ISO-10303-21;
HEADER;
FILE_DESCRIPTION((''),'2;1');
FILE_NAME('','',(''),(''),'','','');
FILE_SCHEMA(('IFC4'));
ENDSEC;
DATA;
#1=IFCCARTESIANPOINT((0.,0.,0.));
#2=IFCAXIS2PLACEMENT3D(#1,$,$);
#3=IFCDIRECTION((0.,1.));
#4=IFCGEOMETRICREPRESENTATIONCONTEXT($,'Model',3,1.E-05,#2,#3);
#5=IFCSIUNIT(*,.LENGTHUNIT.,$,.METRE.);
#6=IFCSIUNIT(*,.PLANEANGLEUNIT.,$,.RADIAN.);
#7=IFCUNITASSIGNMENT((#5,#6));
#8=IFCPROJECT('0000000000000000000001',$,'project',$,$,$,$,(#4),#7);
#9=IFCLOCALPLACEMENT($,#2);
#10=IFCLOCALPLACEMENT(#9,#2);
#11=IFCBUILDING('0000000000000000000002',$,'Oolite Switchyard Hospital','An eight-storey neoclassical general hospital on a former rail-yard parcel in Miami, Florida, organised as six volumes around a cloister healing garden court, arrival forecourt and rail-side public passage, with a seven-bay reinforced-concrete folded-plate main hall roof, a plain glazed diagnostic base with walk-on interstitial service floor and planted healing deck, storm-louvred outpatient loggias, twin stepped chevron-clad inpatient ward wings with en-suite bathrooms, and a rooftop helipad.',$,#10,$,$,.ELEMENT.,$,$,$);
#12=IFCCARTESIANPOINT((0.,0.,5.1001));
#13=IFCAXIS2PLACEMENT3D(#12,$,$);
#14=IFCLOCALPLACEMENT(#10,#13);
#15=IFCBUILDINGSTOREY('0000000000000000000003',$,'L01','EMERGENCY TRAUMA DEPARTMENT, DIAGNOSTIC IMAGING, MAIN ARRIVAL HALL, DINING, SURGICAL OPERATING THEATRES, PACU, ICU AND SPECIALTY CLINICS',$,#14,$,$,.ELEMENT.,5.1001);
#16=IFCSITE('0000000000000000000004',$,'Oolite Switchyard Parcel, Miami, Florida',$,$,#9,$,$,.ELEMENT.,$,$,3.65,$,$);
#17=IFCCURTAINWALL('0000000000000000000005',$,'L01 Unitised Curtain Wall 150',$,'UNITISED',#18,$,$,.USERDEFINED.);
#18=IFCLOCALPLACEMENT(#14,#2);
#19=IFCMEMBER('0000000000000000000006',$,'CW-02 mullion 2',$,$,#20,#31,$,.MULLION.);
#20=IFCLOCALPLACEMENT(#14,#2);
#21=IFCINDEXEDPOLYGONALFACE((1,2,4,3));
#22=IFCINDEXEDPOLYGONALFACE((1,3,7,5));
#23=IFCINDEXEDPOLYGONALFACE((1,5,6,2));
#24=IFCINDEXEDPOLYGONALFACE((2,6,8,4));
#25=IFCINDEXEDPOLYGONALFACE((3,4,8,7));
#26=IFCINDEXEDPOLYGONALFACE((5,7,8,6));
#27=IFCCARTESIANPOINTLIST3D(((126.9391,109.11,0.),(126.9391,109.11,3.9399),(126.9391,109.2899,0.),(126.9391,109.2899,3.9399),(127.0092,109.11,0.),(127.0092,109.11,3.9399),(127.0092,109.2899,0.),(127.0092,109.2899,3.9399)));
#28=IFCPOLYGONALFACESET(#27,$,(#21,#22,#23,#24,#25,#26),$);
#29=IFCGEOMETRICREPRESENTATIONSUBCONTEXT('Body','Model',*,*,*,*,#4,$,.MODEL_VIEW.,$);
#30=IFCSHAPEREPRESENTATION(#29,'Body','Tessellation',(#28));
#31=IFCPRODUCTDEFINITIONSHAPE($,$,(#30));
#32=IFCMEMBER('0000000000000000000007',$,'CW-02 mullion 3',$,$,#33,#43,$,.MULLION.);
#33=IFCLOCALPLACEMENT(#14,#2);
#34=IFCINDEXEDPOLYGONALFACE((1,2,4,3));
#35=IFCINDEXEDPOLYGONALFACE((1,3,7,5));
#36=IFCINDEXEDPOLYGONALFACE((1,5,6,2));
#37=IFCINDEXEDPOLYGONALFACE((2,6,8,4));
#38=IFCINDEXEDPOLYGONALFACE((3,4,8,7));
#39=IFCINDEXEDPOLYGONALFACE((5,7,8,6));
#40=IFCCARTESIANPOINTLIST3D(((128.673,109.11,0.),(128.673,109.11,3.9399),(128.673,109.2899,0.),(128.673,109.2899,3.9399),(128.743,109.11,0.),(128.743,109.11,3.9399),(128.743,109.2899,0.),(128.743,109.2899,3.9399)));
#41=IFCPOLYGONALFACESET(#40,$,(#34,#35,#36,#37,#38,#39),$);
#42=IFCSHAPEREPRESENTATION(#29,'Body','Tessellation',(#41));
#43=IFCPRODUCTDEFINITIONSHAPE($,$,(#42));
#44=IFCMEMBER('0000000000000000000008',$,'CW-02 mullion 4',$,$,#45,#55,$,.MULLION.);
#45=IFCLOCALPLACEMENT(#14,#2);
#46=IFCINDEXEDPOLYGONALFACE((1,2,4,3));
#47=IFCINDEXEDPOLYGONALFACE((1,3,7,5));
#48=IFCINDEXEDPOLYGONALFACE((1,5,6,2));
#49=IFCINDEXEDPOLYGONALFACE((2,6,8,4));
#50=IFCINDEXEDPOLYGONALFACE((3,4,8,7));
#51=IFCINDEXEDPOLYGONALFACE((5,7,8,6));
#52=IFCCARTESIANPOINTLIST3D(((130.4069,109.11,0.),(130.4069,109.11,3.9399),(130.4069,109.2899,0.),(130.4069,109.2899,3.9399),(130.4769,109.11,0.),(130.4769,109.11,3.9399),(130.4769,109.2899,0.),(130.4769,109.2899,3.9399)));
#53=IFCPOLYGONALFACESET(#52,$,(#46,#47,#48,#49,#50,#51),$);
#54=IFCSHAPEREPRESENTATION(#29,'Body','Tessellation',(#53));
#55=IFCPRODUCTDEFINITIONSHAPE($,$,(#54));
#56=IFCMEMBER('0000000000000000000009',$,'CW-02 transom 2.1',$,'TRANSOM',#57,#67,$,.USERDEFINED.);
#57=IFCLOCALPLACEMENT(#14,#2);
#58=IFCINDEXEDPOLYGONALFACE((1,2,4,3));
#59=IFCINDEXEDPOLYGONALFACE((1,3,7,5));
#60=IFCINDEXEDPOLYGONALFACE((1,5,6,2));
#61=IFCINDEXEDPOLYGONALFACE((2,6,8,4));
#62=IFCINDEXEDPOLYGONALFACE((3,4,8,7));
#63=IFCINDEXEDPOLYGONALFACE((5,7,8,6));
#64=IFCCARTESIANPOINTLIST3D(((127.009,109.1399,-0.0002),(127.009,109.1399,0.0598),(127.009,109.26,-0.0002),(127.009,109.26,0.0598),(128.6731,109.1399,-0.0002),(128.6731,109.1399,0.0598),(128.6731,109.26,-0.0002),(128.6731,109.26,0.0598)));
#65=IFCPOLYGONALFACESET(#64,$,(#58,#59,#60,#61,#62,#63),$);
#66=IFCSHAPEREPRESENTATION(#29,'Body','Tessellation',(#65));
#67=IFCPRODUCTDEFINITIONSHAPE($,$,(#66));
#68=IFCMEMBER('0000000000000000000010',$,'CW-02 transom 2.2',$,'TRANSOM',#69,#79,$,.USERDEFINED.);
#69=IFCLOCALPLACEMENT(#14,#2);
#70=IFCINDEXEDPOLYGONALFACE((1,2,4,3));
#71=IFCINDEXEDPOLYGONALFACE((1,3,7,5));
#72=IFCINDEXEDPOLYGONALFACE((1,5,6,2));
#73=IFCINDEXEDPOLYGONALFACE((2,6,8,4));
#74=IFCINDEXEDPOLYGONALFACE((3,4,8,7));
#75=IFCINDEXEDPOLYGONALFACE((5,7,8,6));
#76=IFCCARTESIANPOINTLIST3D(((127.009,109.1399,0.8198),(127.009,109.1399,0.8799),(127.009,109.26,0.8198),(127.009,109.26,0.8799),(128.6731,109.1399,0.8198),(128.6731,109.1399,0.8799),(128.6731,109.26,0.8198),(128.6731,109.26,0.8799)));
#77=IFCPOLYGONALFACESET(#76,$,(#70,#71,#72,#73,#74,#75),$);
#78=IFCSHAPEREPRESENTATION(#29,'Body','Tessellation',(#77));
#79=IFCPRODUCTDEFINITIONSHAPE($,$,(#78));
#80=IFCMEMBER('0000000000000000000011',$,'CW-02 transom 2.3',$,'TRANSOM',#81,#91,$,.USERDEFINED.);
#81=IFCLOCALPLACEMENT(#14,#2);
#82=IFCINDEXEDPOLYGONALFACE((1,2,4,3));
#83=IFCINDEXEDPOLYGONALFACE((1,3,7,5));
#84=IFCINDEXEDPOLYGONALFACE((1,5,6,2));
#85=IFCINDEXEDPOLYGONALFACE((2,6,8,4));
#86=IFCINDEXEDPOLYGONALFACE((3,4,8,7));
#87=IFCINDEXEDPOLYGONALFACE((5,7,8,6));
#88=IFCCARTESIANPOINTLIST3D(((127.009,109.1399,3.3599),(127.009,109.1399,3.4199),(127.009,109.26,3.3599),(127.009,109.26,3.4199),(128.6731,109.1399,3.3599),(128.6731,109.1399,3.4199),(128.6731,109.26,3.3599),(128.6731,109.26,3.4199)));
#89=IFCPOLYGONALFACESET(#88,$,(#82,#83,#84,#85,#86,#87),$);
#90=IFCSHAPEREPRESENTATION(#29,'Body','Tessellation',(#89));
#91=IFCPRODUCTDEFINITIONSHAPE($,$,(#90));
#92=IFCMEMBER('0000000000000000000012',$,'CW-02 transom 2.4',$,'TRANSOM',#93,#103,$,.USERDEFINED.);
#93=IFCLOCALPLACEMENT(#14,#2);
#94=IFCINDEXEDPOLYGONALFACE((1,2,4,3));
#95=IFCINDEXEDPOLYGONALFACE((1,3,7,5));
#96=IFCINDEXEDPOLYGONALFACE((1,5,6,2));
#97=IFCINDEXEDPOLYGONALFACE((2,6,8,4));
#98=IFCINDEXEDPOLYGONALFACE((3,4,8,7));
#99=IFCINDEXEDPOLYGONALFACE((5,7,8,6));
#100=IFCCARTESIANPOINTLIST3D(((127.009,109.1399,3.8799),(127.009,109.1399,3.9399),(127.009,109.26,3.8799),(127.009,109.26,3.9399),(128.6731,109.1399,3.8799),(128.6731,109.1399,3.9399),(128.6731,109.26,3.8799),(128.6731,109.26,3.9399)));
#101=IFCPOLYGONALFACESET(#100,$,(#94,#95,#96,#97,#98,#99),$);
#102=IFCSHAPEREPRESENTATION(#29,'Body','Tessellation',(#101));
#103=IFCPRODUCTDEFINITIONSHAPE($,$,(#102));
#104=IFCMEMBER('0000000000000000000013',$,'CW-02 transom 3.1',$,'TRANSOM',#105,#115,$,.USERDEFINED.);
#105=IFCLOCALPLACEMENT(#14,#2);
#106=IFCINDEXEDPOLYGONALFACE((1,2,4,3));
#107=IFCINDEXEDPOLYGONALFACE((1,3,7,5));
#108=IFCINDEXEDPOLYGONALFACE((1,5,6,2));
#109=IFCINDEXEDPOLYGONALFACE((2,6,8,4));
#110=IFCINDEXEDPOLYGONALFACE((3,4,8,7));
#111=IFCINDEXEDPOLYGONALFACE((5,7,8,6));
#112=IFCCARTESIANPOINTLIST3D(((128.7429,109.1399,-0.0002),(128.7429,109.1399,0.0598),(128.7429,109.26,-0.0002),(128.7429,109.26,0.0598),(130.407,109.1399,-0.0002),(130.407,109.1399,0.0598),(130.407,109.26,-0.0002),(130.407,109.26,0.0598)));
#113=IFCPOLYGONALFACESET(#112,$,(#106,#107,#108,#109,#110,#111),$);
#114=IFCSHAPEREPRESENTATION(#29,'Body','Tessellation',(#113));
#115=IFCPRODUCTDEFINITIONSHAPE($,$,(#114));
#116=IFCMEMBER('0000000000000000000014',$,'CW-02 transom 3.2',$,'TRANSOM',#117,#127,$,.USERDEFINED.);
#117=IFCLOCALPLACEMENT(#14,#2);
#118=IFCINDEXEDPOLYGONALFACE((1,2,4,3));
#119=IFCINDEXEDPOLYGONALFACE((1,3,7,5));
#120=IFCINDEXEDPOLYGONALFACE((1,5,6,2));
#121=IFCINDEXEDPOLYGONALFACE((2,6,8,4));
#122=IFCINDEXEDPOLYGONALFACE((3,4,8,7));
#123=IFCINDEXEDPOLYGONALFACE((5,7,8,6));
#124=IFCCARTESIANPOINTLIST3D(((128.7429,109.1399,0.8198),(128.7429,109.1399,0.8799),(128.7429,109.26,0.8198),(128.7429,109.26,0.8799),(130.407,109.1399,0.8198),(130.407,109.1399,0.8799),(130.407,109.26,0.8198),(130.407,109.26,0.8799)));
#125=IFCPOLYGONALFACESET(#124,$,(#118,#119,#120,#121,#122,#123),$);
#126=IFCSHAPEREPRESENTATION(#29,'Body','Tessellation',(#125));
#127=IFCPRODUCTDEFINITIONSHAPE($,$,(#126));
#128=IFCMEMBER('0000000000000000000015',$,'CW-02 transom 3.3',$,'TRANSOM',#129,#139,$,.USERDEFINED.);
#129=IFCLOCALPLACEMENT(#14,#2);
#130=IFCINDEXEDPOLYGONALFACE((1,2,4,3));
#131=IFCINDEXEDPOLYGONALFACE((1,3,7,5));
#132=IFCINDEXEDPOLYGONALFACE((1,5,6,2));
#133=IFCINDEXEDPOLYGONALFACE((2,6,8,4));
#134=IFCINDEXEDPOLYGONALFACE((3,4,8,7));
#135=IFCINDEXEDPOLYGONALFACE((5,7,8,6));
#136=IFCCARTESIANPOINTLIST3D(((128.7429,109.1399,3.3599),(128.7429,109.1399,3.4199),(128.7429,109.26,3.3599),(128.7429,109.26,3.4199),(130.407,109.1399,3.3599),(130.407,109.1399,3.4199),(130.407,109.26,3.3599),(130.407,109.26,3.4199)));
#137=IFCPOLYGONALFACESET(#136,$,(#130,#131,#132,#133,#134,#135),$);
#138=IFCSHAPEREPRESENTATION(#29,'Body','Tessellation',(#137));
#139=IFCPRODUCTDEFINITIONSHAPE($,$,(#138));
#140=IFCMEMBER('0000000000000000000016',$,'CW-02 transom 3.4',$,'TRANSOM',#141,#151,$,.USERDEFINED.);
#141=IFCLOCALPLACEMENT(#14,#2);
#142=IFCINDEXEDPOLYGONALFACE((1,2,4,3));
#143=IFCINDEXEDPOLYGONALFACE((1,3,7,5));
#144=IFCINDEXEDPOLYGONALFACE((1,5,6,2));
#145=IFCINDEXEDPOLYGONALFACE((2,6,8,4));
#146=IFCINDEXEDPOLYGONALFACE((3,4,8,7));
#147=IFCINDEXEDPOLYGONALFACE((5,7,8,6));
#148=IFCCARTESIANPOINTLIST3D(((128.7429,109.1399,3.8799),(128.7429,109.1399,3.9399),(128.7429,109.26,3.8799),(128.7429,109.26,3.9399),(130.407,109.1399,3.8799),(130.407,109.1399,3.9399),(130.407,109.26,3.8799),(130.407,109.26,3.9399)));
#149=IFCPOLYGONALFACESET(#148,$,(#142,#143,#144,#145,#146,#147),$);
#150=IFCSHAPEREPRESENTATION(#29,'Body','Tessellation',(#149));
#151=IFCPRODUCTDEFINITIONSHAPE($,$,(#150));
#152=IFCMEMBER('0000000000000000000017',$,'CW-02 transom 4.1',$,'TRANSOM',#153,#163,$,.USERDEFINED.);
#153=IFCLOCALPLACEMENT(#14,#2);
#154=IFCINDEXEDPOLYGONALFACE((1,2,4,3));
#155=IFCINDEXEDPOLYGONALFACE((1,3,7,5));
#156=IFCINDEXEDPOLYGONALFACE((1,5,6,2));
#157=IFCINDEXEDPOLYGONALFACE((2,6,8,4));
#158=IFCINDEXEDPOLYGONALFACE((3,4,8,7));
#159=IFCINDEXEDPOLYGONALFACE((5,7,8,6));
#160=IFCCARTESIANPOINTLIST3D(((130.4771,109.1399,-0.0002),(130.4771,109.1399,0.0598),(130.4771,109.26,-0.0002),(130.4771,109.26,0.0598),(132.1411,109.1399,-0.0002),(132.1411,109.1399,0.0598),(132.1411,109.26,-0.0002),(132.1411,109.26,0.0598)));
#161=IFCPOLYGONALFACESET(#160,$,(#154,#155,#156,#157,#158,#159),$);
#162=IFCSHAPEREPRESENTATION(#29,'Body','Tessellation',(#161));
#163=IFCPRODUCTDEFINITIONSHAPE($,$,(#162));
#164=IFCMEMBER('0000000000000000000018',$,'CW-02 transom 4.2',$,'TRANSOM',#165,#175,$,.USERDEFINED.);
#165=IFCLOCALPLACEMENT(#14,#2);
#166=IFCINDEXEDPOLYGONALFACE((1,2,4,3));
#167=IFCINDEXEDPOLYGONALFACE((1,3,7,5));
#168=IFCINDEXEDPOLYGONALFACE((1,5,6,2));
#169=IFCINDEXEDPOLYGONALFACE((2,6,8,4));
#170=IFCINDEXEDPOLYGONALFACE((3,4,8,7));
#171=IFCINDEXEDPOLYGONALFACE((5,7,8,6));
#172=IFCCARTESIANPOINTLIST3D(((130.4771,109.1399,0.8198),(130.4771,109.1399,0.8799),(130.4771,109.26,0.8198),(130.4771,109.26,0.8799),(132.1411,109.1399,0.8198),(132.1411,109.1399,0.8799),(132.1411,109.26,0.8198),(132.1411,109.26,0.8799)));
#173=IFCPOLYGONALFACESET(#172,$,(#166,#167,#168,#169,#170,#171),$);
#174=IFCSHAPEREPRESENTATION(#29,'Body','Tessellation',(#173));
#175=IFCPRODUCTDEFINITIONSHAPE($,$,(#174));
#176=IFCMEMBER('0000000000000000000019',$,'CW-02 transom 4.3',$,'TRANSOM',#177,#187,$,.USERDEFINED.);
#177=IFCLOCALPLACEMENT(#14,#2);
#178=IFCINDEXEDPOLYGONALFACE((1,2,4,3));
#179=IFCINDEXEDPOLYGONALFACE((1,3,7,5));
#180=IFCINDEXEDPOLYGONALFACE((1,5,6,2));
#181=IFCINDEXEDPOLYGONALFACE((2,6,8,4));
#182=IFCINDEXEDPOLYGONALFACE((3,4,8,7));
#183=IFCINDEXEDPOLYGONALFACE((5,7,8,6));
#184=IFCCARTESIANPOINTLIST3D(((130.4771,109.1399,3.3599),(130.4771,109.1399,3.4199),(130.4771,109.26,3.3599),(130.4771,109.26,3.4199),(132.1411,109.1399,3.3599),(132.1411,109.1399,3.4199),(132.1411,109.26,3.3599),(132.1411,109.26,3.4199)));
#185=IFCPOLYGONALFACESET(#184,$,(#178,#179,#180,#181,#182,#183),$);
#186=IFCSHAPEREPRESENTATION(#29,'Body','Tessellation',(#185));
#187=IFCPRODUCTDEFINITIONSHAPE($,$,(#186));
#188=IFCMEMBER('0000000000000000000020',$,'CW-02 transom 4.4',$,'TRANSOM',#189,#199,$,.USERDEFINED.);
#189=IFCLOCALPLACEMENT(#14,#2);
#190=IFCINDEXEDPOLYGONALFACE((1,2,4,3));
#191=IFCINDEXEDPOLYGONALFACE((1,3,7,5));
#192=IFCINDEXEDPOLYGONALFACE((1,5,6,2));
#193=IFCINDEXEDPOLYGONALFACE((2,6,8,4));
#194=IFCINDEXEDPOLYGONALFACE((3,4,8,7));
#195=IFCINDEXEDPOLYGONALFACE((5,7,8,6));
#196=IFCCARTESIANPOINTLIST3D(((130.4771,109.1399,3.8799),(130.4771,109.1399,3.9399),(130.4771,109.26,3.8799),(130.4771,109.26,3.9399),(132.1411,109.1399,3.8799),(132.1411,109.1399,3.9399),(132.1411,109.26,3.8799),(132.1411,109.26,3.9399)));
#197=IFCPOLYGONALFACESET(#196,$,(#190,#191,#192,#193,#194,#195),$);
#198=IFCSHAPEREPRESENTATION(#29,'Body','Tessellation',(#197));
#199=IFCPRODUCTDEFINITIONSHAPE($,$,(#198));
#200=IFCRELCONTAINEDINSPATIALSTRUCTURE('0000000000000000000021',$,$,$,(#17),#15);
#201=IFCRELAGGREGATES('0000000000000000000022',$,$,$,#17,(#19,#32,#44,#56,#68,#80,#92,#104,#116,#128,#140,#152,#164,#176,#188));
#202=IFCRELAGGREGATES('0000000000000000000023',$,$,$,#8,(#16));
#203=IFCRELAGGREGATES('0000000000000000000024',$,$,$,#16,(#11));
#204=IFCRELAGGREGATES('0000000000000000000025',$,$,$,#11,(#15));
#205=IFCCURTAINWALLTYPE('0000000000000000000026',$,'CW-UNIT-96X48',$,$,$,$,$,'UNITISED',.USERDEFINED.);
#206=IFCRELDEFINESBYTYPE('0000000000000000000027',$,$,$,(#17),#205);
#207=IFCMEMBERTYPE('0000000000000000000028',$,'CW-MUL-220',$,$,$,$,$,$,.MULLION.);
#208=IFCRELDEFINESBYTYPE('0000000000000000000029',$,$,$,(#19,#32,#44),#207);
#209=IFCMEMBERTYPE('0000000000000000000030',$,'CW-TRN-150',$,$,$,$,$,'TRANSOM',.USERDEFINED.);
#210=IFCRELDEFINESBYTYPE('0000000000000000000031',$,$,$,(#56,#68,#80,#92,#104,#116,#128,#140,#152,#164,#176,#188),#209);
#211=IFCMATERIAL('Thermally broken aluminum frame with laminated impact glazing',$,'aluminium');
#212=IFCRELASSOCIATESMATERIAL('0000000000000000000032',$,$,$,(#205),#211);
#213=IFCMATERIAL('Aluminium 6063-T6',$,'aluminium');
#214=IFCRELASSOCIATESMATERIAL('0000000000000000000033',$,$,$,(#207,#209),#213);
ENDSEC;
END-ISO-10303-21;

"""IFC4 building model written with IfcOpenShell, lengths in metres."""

from ifc_helpers import new_model, si_unit, direction, frame, origin, origin_2d, place, context, subcontext, project, spatial, rectangle, extrude, material, material_profile, profile_set, type_object, element, aggregate, save


model = new_model("IFC4")

# Units and contexts
model_context = context("Model", 3, precision=1e-05, world=origin(), true_north=direction((0.0, 1.0)))
body_context = subcontext(model_context, "Body", "Model", "MODEL_VIEW")
ifc_project = project(units=[si_unit("LENGTHUNIT", "METRE"), si_unit("PLANEANGLEUNIT", "RADIAN")], contexts=[model_context])

# Site, building, storey
site_placement = place(None, origin())
site = spatial("IfcSite", under=ifc_project, at=site_placement, Name="Oolite Switchyard Parcel, Miami, Florida", CompositionType="ELEMENT", RefElevation=3.65)
building_placement = place(site_placement, origin())
building = spatial("IfcBuilding", under=site, at=building_placement, Name="Oolite Switchyard Hospital", Description="An eight-storey neoclassical general hospital on a former rail-yard parcel in Miami, Florida, organised as six volumes around a cloister healing garden court, arrival forecourt and rail-side public passage, with a seven-bay reinforced-concrete folded-plate main hall roof, a plain glazed diagnostic base with walk-on interstitial service floor and planted healing deck, storm-louvred outpatient loggias, twin stepped chevron-clad inpatient ward wings with en-suite bathrooms, and a rooftop helipad.", CompositionType="ELEMENT")
storey_placement = place(building_placement, frame((0.0, 0.0, 5.1001)))
storey = spatial("IfcBuildingStorey", under=building, at=storey_placement, Name="L01", Description="EMERGENCY TRAUMA DEPARTMENT, DIAGNOSTIC IMAGING, MAIN ARRIVAL HALL, DINING, SURGICAL OPERATING THEATRES, PACU, ICU AND SPECIALTY CLINICS", CompositionType="ELEMENT", Elevation=5.1001)

# Curtain wall, members
ifc_material_1 = material(Name="Thermally broken aluminum frame with laminated impact glazing", Category="aluminium")
curtain_wall_type = type_object("IfcCurtainWallType", Name="CW-UNIT-96X48", ElementType="UNITISED", PredefinedType="USERDEFINED", material=ifc_material_1)
curtain_wall_placement = place(storey_placement, origin())
curtain_wall = element("IfcCurtainWall", 1, at=curtain_wall_placement, inside=storey, type_object=curtain_wall_type, Name="L01 Unitised Curtain Wall 150", ObjectType="UNITISED", PredefinedType="USERDEFINED")
ifc_material_2 = material(Name="Aluminium 6063-T6", Category="aluminium")
ifc_material_profile_1 = material_profile(ifc_material_2, rectangle(XDim=0.1799, YDim=0.0701, at=origin_2d()), Name="CWM70X180")
ifc_profile_set_1 = profile_set([ifc_material_profile_1], Name="Aluminium 6063-T6")
member_type_1 = type_object("IfcMemberType", Name="CW-MUL-220", PredefinedType="MULLION", material=ifc_profile_set_1)
member_1_placement = place(storey_placement, frame((126.9741, 109.2, 0.0), z_axis=(0.0, 0.0, 1.0), x_axis=(0.0, 1.0, 0.0)))
member_1 = element("IfcMember", 2, at=member_1_placement, type_object=member_type_1, Name="CW-02 mullion 2", PredefinedType="MULLION", context=body_context, shape_type="SweptSolid", body=[
    extrude(rectangle(XDim=0.1799, YDim=0.0701, at=origin_2d()), origin(), (0.0, 0.0, 1.0), 3.9399),
])
member_2_placement = place(storey_placement, frame((128.708, 109.2, 0.0), z_axis=(0.0, 0.0, 1.0), x_axis=(0.0, 1.0, 0.0)))
member_2 = element("IfcMember", 3, at=member_2_placement, type_object=member_type_1, Name="CW-02 mullion 3", PredefinedType="MULLION", context=body_context, shape_type="SweptSolid", body=[
    extrude(rectangle(XDim=0.1799, YDim=0.0701, at=origin_2d()), origin(), (0.0, 0.0, 1.0), 3.9399),
])
member_3_placement = place(storey_placement, frame((130.4419, 109.2, 0.0), z_axis=(0.0, 0.0, 1.0), x_axis=(0.0, 1.0, 0.0)))
member_3 = element("IfcMember", 4, at=member_3_placement, type_object=member_type_1, Name="CW-02 mullion 4", PredefinedType="MULLION", context=body_context, shape_type="SweptSolid", body=[
    extrude(rectangle(XDim=0.1799, YDim=0.0701, at=origin_2d()), origin(), (0.0, 0.0, 1.0), 3.9399),
])
ifc_material_profile_2 = material_profile(ifc_material_2, rectangle(XDim=0.1201, YDim=0.0601, at=origin_2d()), Name="CWT60X120")
ifc_profile_set_2 = profile_set([ifc_material_profile_2], Name="Aluminium 6063-T6")
member_type_2 = type_object("IfcMemberType", Name="CW-TRN-150", ElementType="TRANSOM", PredefinedType="USERDEFINED", material=ifc_profile_set_2)
member_4_placement = place(storey_placement, frame((127.009, 109.2, 0.0298), z_axis=(1.0, 0.0, 0.0), x_axis=(0.0, 1.0, 0.0)))
member_4 = element("IfcMember", 5, at=member_4_placement, type_object=member_type_2, Name="CW-02 transom 2.1", ObjectType="TRANSOM", PredefinedType="USERDEFINED", context=body_context, shape_type="SweptSolid", body=[
    extrude(rectangle(XDim=0.1201, YDim=0.0601, at=origin_2d()), origin(), (0.0, 0.0, 1.0), 1.6641),
])
member_5_placement = place(storey_placement, frame((127.009, 109.2, 0.8499), z_axis=(1.0, 0.0, 0.0), x_axis=(0.0, 1.0, 0.0)))
member_5 = element("IfcMember", 6, at=member_5_placement, type_object=member_type_2, Name="CW-02 transom 2.2", ObjectType="TRANSOM", PredefinedType="USERDEFINED", context=body_context, shape_type="SweptSolid", body=[
    extrude(rectangle(XDim=0.1201, YDim=0.0601, at=origin_2d()), origin(), (0.0, 0.0, 1.0), 1.6641),
])
member_6_placement = place(storey_placement, frame((127.009, 109.2, 3.3899), z_axis=(1.0, 0.0, 0.0), x_axis=(0.0, 1.0, 0.0)))
member_6 = element("IfcMember", 7, at=member_6_placement, type_object=member_type_2, Name="CW-02 transom 2.3", ObjectType="TRANSOM", PredefinedType="USERDEFINED", context=body_context, shape_type="SweptSolid", body=[
    extrude(rectangle(XDim=0.1201, YDim=0.0601, at=origin_2d()), origin(), (0.0, 0.0, 1.0), 1.6641),
])
member_7_placement = place(storey_placement, frame((127.009, 109.2, 3.9099), z_axis=(1.0, 0.0, 0.0), x_axis=(0.0, 1.0, 0.0)))
member_7 = element("IfcMember", 8, at=member_7_placement, type_object=member_type_2, Name="CW-02 transom 2.4", ObjectType="TRANSOM", PredefinedType="USERDEFINED", context=body_context, shape_type="SweptSolid", body=[
    extrude(rectangle(XDim=0.1201, YDim=0.0601, at=origin_2d()), origin(), (0.0, 0.0, 1.0), 1.6641),
])
member_8_placement = place(storey_placement, frame((128.7429, 109.2, 0.0298), z_axis=(1.0, 0.0, 0.0), x_axis=(0.0, 1.0, 0.0)))
member_8 = element("IfcMember", 9, at=member_8_placement, type_object=member_type_2, Name="CW-02 transom 3.1", ObjectType="TRANSOM", PredefinedType="USERDEFINED", context=body_context, shape_type="SweptSolid", body=[
    extrude(rectangle(XDim=0.1201, YDim=0.0601, at=origin_2d()), origin(), (0.0, 0.0, 1.0), 1.6641),
])
member_9_placement = place(storey_placement, frame((128.7429, 109.2, 0.8499), z_axis=(1.0, 0.0, 0.0), x_axis=(0.0, 1.0, 0.0)))
member_9 = element("IfcMember", 10, at=member_9_placement, type_object=member_type_2, Name="CW-02 transom 3.2", ObjectType="TRANSOM", PredefinedType="USERDEFINED", context=body_context, shape_type="SweptSolid", body=[
    extrude(rectangle(XDim=0.1201, YDim=0.0601, at=origin_2d()), origin(), (0.0, 0.0, 1.0), 1.6641),
])
member_10_placement = place(storey_placement, frame((128.7429, 109.2, 3.3899), z_axis=(1.0, 0.0, 0.0), x_axis=(0.0, 1.0, 0.0)))
member_10 = element("IfcMember", 11, at=member_10_placement, type_object=member_type_2, Name="CW-02 transom 3.3", ObjectType="TRANSOM", PredefinedType="USERDEFINED", context=body_context, shape_type="SweptSolid", body=[
    extrude(rectangle(XDim=0.1201, YDim=0.0601, at=origin_2d()), origin(), (0.0, 0.0, 1.0), 1.6641),
])
member_11_placement = place(storey_placement, frame((128.7429, 109.2, 3.9099), z_axis=(1.0, 0.0, 0.0), x_axis=(0.0, 1.0, 0.0)))
member_11 = element("IfcMember", 12, at=member_11_placement, type_object=member_type_2, Name="CW-02 transom 3.4", ObjectType="TRANSOM", PredefinedType="USERDEFINED", context=body_context, shape_type="SweptSolid", body=[
    extrude(rectangle(XDim=0.1201, YDim=0.0601, at=origin_2d()), origin(), (0.0, 0.0, 1.0), 1.6641),
])
member_12_placement = place(storey_placement, frame((130.4771, 109.2, 0.0298), z_axis=(1.0, 0.0, 0.0), x_axis=(0.0, 1.0, 0.0)))
member_12 = element("IfcMember", 13, at=member_12_placement, type_object=member_type_2, Name="CW-02 transom 4.1", ObjectType="TRANSOM", PredefinedType="USERDEFINED", context=body_context, shape_type="SweptSolid", body=[
    extrude(rectangle(XDim=0.1201, YDim=0.0601, at=origin_2d()), origin(), (0.0, 0.0, 1.0), 1.6641),
])
member_13_placement = place(storey_placement, frame((130.4771, 109.2, 0.8499), z_axis=(1.0, 0.0, 0.0), x_axis=(0.0, 1.0, 0.0)))
member_13 = element("IfcMember", 14, at=member_13_placement, type_object=member_type_2, Name="CW-02 transom 4.2", ObjectType="TRANSOM", PredefinedType="USERDEFINED", context=body_context, shape_type="SweptSolid", body=[
    extrude(rectangle(XDim=0.1201, YDim=0.0601, at=origin_2d()), origin(), (0.0, 0.0, 1.0), 1.6641),
])
member_14_placement = place(storey_placement, frame((130.4771, 109.2, 3.3899), z_axis=(1.0, 0.0, 0.0), x_axis=(0.0, 1.0, 0.0)))
member_14 = element("IfcMember", 15, at=member_14_placement, type_object=member_type_2, Name="CW-02 transom 4.3", ObjectType="TRANSOM", PredefinedType="USERDEFINED", context=body_context, shape_type="SweptSolid", body=[
    extrude(rectangle(XDim=0.1201, YDim=0.0601, at=origin_2d()), origin(), (0.0, 0.0, 1.0), 1.6641),
])
member_15_placement = place(storey_placement, frame((130.4771, 109.2, 3.9099), z_axis=(1.0, 0.0, 0.0), x_axis=(0.0, 1.0, 0.0)))
member_15 = element("IfcMember", 16, at=member_15_placement, type_object=member_type_2, Name="CW-02 transom 4.4", ObjectType="TRANSOM", PredefinedType="USERDEFINED", context=body_context, shape_type="SweptSolid", body=[
    extrude(rectangle(XDim=0.1201, YDim=0.0601, at=origin_2d()), origin(), (0.0, 0.0, 1.0), 1.6641),
])
aggregate(curtain_wall, [member_1, member_2, member_3, member_4, member_5, member_6, member_7, member_8, member_9, member_10, member_11, member_12, member_13, member_14, member_15])

save(model, "model.ifc")
